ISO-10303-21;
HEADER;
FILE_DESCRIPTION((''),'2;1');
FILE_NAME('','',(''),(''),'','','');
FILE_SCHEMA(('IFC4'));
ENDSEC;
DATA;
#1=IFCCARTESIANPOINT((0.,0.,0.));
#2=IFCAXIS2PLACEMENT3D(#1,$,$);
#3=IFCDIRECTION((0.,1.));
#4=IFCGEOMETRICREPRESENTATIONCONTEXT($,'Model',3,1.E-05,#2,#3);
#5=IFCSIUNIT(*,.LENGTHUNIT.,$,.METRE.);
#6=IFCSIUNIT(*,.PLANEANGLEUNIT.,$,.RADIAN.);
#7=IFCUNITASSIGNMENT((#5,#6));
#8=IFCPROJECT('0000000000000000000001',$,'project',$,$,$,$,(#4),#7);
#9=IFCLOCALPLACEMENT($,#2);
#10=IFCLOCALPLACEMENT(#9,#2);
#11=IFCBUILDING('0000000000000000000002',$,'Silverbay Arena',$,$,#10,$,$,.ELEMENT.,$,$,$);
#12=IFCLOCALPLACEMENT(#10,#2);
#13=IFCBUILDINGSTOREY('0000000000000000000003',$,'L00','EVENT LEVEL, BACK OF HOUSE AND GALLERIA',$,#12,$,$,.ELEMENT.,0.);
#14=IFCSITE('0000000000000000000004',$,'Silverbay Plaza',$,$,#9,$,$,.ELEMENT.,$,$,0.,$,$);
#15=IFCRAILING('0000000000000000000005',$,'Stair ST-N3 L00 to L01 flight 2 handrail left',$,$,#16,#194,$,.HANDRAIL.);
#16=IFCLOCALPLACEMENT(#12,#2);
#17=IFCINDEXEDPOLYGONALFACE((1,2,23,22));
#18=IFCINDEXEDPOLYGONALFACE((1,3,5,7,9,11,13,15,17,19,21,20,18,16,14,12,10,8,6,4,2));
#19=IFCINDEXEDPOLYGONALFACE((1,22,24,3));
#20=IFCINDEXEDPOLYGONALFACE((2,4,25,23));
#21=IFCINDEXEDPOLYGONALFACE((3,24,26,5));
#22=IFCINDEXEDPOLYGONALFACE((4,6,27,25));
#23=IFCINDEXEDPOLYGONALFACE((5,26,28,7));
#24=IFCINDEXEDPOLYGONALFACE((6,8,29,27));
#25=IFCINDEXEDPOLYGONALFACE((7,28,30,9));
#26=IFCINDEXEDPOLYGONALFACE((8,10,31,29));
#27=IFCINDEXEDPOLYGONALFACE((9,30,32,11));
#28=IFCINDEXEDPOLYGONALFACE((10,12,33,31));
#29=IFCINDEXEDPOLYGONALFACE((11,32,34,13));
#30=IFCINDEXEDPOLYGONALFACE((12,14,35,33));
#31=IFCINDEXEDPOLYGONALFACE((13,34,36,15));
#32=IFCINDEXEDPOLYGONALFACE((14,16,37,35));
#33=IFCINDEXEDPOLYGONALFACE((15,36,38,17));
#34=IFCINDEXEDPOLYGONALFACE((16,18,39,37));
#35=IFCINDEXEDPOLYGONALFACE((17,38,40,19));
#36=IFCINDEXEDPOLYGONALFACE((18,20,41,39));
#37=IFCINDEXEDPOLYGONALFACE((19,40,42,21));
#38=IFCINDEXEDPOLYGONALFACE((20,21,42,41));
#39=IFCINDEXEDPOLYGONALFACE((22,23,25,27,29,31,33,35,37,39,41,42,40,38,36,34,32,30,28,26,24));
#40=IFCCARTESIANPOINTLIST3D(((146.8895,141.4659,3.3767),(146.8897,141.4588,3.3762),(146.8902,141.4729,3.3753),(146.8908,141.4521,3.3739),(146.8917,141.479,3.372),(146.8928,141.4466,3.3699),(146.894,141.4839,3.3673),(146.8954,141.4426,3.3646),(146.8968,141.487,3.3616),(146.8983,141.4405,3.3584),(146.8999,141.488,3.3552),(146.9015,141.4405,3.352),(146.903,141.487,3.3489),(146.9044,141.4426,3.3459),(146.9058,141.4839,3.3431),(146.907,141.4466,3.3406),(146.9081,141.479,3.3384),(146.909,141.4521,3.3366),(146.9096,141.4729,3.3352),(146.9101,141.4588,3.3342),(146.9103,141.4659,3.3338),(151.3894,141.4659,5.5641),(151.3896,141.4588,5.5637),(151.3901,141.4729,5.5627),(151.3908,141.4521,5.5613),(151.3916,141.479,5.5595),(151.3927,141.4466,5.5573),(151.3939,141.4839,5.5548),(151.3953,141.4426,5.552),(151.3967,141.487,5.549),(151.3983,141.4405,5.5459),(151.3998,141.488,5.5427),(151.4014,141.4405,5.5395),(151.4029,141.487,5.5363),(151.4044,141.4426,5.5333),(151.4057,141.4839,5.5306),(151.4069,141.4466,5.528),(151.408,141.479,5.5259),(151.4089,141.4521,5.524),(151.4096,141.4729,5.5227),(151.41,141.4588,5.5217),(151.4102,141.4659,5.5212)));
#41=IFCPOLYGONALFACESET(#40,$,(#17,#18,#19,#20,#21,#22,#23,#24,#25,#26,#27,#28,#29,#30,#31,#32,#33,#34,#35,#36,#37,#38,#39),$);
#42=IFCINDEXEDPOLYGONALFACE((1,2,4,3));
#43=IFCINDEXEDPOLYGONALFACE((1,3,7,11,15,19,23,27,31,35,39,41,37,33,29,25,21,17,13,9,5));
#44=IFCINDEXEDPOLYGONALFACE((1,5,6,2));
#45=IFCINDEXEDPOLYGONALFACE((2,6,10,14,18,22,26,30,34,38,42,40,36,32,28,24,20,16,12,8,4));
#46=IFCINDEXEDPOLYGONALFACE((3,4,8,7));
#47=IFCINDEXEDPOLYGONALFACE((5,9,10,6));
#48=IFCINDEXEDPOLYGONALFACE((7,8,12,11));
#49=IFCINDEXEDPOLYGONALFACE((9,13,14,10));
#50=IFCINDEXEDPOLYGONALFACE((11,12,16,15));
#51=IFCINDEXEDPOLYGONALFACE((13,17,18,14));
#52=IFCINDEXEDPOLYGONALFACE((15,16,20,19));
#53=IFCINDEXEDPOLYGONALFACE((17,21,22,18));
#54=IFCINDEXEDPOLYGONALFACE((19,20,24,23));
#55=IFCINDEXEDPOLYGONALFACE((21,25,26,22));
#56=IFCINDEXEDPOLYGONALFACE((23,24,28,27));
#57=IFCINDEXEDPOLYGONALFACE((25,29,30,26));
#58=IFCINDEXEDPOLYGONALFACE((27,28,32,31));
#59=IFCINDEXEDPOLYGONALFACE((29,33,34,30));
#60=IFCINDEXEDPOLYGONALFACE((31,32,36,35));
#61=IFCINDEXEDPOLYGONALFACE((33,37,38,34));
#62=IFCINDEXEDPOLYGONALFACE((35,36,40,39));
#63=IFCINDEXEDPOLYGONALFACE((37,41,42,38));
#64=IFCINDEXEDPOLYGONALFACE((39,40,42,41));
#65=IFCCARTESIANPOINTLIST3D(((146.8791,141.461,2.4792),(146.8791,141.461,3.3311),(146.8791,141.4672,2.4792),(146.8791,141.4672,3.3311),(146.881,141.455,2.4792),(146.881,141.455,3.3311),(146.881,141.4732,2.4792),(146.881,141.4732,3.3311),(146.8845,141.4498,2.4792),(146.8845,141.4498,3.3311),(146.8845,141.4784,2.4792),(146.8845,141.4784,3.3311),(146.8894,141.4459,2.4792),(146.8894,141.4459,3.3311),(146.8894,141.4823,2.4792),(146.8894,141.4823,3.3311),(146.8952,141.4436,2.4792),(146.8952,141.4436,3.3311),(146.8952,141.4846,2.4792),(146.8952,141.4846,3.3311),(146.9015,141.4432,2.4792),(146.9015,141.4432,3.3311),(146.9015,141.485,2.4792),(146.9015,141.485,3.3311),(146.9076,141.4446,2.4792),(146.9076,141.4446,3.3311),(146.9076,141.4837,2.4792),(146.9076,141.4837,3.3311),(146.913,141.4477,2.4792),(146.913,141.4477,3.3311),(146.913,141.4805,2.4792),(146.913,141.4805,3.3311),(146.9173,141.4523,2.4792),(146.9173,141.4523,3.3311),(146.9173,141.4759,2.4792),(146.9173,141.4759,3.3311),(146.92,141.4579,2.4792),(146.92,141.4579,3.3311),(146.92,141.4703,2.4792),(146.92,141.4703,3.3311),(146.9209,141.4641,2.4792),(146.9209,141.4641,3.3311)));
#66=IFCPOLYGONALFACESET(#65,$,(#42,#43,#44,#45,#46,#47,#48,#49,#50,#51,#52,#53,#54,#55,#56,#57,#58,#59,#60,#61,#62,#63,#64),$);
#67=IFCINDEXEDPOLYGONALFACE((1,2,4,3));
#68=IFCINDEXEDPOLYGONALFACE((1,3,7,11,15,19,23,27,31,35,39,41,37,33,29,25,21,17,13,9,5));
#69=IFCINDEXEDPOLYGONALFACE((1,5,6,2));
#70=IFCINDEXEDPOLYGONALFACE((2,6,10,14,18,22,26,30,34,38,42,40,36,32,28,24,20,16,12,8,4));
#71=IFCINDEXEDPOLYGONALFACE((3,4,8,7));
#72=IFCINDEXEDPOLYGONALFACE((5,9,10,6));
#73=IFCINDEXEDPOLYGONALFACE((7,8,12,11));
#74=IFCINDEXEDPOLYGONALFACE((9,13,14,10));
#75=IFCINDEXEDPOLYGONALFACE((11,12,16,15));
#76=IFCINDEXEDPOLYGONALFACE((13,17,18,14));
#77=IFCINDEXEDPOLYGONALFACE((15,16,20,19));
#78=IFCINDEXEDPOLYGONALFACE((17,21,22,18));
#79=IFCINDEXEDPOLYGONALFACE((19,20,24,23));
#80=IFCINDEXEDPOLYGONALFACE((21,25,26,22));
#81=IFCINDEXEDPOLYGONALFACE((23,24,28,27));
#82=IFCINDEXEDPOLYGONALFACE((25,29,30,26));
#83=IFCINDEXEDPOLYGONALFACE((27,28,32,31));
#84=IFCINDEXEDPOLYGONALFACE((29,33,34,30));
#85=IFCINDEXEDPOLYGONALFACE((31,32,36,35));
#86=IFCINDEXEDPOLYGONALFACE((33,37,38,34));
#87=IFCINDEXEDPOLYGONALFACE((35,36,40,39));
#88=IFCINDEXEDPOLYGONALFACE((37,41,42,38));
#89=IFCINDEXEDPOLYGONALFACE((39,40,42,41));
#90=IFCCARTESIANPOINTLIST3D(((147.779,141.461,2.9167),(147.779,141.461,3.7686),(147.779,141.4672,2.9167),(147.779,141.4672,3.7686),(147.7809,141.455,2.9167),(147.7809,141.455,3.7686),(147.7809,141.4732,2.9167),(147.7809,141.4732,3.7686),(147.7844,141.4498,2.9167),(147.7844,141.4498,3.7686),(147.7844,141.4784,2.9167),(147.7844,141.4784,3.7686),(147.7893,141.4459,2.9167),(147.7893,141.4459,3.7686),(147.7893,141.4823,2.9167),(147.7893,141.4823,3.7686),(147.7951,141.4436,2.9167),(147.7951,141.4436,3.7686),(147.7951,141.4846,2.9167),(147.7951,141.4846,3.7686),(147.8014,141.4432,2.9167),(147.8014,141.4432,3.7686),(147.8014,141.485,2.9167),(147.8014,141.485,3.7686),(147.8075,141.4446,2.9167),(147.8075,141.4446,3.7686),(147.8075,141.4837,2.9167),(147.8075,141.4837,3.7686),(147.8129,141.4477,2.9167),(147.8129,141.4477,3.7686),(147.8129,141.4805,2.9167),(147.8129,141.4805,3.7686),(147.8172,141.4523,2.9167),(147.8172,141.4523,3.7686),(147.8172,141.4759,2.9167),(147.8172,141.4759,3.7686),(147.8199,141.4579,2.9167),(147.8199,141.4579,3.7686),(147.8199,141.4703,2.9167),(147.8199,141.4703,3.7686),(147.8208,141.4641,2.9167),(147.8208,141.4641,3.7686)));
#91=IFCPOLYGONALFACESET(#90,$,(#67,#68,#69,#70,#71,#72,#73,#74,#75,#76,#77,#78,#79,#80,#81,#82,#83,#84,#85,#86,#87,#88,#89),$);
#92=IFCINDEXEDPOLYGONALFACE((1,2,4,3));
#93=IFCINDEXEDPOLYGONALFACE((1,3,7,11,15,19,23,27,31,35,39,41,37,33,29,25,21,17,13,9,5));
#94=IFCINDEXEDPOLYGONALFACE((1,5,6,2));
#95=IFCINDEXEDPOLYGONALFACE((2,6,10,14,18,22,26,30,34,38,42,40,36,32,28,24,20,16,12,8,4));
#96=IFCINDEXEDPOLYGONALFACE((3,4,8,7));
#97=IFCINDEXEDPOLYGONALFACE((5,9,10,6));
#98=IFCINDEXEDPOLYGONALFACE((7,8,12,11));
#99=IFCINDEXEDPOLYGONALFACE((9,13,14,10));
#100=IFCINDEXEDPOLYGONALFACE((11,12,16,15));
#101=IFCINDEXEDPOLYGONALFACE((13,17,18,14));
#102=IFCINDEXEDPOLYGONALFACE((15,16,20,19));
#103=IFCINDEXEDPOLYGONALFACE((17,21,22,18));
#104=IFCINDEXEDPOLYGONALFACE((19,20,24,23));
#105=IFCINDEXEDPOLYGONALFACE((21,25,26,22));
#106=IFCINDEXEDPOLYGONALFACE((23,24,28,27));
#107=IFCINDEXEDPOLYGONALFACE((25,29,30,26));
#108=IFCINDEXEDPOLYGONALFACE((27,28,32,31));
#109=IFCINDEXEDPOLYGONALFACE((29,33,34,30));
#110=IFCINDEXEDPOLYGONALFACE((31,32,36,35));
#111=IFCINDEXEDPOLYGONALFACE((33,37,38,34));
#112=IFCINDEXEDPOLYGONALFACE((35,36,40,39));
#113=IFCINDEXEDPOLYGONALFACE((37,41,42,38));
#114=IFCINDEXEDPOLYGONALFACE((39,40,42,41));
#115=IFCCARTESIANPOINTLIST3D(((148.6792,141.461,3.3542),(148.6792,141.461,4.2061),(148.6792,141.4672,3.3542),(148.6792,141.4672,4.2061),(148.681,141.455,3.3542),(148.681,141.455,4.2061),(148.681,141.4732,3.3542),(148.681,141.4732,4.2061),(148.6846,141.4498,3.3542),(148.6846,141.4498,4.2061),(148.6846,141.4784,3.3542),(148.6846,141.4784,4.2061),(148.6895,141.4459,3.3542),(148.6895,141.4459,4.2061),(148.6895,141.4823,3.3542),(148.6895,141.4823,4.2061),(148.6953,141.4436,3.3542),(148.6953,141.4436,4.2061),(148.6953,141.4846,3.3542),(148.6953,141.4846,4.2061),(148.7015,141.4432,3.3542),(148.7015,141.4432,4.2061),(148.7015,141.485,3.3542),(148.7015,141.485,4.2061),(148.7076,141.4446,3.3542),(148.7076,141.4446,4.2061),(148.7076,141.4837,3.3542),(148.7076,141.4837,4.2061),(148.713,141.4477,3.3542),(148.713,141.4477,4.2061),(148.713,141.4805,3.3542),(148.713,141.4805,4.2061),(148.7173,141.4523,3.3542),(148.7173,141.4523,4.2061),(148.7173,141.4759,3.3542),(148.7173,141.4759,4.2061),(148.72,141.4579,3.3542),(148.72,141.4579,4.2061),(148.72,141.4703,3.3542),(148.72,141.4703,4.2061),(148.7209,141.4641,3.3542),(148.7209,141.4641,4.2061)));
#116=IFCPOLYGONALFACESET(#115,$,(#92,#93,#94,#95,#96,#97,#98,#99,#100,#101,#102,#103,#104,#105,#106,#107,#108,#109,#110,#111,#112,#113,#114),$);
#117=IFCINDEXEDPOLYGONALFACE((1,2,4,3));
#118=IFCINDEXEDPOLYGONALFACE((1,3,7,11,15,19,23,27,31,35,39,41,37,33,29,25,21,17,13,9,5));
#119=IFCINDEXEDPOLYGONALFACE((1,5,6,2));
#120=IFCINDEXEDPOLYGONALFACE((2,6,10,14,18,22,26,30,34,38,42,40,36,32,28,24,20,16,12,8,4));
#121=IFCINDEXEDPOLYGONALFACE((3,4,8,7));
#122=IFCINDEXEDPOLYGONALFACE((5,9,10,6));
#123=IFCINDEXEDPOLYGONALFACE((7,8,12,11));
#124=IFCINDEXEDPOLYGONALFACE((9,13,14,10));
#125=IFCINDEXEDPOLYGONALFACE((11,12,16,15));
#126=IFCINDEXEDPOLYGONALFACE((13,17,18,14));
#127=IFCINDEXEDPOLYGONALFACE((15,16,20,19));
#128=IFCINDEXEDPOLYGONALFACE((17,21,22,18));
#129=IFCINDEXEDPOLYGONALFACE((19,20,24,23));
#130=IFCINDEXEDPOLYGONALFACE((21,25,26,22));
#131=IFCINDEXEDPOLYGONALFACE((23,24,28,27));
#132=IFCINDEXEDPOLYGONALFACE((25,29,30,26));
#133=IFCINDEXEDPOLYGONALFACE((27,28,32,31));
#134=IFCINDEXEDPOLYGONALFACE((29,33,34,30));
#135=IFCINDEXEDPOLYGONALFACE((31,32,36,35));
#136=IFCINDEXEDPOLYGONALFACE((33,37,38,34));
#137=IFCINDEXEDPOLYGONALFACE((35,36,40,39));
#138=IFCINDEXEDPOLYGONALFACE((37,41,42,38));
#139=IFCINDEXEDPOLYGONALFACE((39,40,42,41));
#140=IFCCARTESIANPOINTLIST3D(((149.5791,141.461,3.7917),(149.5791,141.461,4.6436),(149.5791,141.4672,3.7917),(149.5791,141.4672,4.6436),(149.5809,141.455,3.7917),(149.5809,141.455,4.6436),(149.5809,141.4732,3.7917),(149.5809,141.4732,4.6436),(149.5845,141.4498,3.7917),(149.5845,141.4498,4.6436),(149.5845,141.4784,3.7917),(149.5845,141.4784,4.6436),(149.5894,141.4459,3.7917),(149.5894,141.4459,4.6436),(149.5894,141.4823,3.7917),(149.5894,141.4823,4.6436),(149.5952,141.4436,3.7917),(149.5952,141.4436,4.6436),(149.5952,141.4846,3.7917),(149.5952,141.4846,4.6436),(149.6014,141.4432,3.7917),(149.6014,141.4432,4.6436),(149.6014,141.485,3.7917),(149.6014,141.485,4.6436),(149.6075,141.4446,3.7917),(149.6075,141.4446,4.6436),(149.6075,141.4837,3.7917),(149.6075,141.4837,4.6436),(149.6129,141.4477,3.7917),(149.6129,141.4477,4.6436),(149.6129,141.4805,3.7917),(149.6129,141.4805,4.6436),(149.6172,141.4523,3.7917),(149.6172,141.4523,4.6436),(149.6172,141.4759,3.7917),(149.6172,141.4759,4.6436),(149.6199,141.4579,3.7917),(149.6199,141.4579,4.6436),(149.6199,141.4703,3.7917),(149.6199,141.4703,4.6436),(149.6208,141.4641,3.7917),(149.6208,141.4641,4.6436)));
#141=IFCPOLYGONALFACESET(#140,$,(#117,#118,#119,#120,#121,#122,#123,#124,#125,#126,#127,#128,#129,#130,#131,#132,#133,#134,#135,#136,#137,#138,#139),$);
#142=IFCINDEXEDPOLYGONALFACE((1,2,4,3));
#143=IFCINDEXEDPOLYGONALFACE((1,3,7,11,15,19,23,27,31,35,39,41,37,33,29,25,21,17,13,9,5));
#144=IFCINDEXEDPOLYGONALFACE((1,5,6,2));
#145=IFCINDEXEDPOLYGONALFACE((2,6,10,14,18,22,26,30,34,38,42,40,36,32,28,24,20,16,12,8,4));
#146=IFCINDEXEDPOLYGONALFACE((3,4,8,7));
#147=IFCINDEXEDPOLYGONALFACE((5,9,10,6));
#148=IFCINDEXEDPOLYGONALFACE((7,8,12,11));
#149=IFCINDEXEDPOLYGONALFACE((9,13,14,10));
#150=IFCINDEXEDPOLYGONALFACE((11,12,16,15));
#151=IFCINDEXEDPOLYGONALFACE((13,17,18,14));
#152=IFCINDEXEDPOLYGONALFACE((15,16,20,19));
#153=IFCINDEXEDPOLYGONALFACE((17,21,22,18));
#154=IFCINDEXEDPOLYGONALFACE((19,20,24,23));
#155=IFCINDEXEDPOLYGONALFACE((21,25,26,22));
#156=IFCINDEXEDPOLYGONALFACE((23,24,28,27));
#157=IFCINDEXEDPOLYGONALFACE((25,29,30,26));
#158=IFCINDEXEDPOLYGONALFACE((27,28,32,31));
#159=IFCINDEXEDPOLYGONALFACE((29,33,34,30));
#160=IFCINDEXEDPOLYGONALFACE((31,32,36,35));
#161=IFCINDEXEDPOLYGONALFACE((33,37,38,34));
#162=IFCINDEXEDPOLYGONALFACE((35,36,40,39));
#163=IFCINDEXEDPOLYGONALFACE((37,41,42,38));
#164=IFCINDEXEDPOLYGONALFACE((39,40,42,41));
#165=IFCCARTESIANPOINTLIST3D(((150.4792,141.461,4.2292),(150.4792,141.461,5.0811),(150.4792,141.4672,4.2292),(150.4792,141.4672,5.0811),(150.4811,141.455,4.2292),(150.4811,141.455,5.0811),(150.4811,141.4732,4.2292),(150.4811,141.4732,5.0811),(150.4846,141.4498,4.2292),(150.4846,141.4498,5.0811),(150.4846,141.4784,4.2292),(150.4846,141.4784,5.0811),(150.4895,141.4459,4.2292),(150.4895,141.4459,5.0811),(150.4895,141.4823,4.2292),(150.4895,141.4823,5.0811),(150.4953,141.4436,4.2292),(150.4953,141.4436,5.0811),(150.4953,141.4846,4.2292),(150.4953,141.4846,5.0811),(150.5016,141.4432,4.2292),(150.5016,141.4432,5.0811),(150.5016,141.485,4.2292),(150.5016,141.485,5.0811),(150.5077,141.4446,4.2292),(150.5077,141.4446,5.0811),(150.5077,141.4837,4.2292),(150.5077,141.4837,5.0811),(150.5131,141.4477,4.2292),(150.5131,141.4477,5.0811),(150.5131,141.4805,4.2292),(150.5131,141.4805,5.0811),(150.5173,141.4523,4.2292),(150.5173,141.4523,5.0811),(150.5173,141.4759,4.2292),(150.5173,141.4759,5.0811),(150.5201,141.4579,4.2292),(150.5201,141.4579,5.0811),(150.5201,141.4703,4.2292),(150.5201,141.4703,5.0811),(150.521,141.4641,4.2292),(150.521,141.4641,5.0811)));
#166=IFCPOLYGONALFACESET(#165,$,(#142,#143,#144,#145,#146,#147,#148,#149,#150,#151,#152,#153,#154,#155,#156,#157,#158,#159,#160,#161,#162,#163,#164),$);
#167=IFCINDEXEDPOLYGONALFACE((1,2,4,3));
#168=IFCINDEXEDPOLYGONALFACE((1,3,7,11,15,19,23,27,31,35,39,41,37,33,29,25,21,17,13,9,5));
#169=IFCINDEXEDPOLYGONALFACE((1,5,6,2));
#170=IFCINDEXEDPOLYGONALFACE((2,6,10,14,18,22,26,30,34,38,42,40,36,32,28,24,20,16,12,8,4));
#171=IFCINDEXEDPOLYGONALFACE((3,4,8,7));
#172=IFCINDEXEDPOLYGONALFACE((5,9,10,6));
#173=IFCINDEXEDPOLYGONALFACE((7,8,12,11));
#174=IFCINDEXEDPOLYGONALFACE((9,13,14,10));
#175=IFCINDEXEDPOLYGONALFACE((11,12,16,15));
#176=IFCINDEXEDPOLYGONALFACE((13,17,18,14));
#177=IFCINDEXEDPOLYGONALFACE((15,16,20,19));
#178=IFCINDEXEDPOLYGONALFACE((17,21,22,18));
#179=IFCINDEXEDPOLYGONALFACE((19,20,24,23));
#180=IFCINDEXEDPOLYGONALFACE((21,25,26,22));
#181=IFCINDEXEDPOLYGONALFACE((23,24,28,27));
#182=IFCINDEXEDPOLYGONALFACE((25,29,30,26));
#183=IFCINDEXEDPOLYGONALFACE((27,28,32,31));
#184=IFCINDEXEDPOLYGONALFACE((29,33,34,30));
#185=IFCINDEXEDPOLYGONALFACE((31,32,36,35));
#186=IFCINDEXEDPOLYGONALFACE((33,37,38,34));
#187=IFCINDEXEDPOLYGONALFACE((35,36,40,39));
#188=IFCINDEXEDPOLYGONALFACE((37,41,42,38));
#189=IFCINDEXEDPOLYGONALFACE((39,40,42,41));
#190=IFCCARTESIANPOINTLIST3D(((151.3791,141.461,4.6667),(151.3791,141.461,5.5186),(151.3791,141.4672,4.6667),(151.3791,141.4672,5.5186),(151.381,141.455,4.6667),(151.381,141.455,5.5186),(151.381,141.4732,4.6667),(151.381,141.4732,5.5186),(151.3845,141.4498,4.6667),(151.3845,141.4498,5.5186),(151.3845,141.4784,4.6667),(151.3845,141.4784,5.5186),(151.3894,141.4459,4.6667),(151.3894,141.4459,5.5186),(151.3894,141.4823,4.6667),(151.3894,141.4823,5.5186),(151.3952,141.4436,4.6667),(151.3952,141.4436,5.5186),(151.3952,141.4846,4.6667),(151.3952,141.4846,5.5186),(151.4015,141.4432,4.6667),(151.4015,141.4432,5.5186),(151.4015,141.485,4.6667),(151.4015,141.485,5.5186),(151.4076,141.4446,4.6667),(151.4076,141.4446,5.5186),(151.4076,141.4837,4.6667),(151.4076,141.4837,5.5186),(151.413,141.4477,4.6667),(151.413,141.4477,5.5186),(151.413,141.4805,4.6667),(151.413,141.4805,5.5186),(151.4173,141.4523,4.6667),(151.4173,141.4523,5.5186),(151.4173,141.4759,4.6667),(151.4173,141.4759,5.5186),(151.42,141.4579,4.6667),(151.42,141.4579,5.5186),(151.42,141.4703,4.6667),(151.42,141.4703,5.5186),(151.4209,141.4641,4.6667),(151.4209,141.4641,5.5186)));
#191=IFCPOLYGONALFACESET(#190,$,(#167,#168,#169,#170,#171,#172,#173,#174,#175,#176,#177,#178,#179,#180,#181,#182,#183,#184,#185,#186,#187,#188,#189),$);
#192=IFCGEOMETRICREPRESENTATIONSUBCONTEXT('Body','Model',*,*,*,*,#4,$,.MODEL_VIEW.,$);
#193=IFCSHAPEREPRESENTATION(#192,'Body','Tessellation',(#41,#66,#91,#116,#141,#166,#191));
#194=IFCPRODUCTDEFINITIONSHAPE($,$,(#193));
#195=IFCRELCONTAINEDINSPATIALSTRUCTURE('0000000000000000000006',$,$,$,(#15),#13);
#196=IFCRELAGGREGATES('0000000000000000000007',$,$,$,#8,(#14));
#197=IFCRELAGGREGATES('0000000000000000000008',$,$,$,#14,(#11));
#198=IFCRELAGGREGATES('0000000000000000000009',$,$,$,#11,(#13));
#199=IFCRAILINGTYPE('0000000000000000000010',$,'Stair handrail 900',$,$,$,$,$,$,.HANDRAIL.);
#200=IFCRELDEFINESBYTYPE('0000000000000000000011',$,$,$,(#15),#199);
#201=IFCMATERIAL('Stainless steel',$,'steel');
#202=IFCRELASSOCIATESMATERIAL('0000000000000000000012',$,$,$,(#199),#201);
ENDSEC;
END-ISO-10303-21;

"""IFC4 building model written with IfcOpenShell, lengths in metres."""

from ifc_helpers import new_model, si_unit, direction, frame, origin, origin_2d, place, context, subcontext, project, spatial, circle, extrude, material, type_object, element, save


model = new_model("IFC4")

# Units and contexts
model_context = context("Model", 3, precision=1e-05, world=origin(), true_north=direction((0.0, 1.0)))
body_context = subcontext(model_context, "Body", "Model", "MODEL_VIEW")
ifc_project = project(units=[si_unit("LENGTHUNIT", "METRE"), si_unit("PLANEANGLEUNIT", "RADIAN")], contexts=[model_context])

# Site, building, storey
site_placement = place(None, origin())
site = spatial("IfcSite", under=ifc_project, at=site_placement, Name="Silverbay Plaza", CompositionType="ELEMENT", RefElevation=0.0)
building_placement = place(site_placement, origin())
building = spatial("IfcBuilding", under=site, at=building_placement, Name="Silverbay Arena", CompositionType="ELEMENT")
storey_placement = place(building_placement, origin())
storey = spatial("IfcBuildingStorey", under=building, at=storey_placement, Name="L00", Description="EVENT LEVEL, BACK OF HOUSE AND GALLERIA", CompositionType="ELEMENT", Elevation=0.0)

# Railing
ifc_material_1 = material(Name="Stainless steel", Category="steel")
railing_type_1 = type_object("IfcRailingType", Name="Stair handrail 900", PredefinedType="HANDRAIL", material=ifc_material_1)
for number, where, name in (
    (1, (146.8999, 141.4641, 2.4792), "Stair ST-N3 L00 to L01 flight 2 handrail left"),
):
    element("IfcRailing", number, at=place(storey_placement, frame(where)), inside=storey, type_object=railing_type_1, Name=name, PredefinedType="HANDRAIL", context=body_context, shape_type="SweptSolid", body=[
        extrude(circle(Radius=0.0239, at=origin_2d()), frame((0.0, 0.0, 0.876), z_axis=(0.899368, 0.0, 0.437193), x_axis=(0.0, 1.0, 0.0)), (0.0, 0.0, 1.0), 5.0034),
        extrude(circle(Radius=0.021, at=origin_2d()), origin(), (0.0, 0.0, 1.0), 0.8518),
        extrude(circle(Radius=0.021, at=origin_2d()), frame((0.8999, 0.0, 0.4375)), (0.0, 0.0, 1.0), 0.8518),
        extrude(circle(Radius=0.021, at=origin_2d()), frame((1.8, 0.0, 0.875)), (0.0, 0.0, 1.0), 0.8518),
        extrude(circle(Radius=0.021, at=origin_2d()), frame((2.7, 0.0, 1.3125)), (0.0, 0.0, 1.0), 0.8518),
        extrude(circle(Radius=0.021, at=origin_2d()), frame((3.6001, 0.0, 1.75)), (0.0, 0.0, 1.0), 0.8518),
        extrude(circle(Radius=0.021, at=origin_2d()), frame((4.5, 0.0, 2.1875)), (0.0, 0.0, 1.0), 0.8518),
    ])

save(model, "model.ifc")
